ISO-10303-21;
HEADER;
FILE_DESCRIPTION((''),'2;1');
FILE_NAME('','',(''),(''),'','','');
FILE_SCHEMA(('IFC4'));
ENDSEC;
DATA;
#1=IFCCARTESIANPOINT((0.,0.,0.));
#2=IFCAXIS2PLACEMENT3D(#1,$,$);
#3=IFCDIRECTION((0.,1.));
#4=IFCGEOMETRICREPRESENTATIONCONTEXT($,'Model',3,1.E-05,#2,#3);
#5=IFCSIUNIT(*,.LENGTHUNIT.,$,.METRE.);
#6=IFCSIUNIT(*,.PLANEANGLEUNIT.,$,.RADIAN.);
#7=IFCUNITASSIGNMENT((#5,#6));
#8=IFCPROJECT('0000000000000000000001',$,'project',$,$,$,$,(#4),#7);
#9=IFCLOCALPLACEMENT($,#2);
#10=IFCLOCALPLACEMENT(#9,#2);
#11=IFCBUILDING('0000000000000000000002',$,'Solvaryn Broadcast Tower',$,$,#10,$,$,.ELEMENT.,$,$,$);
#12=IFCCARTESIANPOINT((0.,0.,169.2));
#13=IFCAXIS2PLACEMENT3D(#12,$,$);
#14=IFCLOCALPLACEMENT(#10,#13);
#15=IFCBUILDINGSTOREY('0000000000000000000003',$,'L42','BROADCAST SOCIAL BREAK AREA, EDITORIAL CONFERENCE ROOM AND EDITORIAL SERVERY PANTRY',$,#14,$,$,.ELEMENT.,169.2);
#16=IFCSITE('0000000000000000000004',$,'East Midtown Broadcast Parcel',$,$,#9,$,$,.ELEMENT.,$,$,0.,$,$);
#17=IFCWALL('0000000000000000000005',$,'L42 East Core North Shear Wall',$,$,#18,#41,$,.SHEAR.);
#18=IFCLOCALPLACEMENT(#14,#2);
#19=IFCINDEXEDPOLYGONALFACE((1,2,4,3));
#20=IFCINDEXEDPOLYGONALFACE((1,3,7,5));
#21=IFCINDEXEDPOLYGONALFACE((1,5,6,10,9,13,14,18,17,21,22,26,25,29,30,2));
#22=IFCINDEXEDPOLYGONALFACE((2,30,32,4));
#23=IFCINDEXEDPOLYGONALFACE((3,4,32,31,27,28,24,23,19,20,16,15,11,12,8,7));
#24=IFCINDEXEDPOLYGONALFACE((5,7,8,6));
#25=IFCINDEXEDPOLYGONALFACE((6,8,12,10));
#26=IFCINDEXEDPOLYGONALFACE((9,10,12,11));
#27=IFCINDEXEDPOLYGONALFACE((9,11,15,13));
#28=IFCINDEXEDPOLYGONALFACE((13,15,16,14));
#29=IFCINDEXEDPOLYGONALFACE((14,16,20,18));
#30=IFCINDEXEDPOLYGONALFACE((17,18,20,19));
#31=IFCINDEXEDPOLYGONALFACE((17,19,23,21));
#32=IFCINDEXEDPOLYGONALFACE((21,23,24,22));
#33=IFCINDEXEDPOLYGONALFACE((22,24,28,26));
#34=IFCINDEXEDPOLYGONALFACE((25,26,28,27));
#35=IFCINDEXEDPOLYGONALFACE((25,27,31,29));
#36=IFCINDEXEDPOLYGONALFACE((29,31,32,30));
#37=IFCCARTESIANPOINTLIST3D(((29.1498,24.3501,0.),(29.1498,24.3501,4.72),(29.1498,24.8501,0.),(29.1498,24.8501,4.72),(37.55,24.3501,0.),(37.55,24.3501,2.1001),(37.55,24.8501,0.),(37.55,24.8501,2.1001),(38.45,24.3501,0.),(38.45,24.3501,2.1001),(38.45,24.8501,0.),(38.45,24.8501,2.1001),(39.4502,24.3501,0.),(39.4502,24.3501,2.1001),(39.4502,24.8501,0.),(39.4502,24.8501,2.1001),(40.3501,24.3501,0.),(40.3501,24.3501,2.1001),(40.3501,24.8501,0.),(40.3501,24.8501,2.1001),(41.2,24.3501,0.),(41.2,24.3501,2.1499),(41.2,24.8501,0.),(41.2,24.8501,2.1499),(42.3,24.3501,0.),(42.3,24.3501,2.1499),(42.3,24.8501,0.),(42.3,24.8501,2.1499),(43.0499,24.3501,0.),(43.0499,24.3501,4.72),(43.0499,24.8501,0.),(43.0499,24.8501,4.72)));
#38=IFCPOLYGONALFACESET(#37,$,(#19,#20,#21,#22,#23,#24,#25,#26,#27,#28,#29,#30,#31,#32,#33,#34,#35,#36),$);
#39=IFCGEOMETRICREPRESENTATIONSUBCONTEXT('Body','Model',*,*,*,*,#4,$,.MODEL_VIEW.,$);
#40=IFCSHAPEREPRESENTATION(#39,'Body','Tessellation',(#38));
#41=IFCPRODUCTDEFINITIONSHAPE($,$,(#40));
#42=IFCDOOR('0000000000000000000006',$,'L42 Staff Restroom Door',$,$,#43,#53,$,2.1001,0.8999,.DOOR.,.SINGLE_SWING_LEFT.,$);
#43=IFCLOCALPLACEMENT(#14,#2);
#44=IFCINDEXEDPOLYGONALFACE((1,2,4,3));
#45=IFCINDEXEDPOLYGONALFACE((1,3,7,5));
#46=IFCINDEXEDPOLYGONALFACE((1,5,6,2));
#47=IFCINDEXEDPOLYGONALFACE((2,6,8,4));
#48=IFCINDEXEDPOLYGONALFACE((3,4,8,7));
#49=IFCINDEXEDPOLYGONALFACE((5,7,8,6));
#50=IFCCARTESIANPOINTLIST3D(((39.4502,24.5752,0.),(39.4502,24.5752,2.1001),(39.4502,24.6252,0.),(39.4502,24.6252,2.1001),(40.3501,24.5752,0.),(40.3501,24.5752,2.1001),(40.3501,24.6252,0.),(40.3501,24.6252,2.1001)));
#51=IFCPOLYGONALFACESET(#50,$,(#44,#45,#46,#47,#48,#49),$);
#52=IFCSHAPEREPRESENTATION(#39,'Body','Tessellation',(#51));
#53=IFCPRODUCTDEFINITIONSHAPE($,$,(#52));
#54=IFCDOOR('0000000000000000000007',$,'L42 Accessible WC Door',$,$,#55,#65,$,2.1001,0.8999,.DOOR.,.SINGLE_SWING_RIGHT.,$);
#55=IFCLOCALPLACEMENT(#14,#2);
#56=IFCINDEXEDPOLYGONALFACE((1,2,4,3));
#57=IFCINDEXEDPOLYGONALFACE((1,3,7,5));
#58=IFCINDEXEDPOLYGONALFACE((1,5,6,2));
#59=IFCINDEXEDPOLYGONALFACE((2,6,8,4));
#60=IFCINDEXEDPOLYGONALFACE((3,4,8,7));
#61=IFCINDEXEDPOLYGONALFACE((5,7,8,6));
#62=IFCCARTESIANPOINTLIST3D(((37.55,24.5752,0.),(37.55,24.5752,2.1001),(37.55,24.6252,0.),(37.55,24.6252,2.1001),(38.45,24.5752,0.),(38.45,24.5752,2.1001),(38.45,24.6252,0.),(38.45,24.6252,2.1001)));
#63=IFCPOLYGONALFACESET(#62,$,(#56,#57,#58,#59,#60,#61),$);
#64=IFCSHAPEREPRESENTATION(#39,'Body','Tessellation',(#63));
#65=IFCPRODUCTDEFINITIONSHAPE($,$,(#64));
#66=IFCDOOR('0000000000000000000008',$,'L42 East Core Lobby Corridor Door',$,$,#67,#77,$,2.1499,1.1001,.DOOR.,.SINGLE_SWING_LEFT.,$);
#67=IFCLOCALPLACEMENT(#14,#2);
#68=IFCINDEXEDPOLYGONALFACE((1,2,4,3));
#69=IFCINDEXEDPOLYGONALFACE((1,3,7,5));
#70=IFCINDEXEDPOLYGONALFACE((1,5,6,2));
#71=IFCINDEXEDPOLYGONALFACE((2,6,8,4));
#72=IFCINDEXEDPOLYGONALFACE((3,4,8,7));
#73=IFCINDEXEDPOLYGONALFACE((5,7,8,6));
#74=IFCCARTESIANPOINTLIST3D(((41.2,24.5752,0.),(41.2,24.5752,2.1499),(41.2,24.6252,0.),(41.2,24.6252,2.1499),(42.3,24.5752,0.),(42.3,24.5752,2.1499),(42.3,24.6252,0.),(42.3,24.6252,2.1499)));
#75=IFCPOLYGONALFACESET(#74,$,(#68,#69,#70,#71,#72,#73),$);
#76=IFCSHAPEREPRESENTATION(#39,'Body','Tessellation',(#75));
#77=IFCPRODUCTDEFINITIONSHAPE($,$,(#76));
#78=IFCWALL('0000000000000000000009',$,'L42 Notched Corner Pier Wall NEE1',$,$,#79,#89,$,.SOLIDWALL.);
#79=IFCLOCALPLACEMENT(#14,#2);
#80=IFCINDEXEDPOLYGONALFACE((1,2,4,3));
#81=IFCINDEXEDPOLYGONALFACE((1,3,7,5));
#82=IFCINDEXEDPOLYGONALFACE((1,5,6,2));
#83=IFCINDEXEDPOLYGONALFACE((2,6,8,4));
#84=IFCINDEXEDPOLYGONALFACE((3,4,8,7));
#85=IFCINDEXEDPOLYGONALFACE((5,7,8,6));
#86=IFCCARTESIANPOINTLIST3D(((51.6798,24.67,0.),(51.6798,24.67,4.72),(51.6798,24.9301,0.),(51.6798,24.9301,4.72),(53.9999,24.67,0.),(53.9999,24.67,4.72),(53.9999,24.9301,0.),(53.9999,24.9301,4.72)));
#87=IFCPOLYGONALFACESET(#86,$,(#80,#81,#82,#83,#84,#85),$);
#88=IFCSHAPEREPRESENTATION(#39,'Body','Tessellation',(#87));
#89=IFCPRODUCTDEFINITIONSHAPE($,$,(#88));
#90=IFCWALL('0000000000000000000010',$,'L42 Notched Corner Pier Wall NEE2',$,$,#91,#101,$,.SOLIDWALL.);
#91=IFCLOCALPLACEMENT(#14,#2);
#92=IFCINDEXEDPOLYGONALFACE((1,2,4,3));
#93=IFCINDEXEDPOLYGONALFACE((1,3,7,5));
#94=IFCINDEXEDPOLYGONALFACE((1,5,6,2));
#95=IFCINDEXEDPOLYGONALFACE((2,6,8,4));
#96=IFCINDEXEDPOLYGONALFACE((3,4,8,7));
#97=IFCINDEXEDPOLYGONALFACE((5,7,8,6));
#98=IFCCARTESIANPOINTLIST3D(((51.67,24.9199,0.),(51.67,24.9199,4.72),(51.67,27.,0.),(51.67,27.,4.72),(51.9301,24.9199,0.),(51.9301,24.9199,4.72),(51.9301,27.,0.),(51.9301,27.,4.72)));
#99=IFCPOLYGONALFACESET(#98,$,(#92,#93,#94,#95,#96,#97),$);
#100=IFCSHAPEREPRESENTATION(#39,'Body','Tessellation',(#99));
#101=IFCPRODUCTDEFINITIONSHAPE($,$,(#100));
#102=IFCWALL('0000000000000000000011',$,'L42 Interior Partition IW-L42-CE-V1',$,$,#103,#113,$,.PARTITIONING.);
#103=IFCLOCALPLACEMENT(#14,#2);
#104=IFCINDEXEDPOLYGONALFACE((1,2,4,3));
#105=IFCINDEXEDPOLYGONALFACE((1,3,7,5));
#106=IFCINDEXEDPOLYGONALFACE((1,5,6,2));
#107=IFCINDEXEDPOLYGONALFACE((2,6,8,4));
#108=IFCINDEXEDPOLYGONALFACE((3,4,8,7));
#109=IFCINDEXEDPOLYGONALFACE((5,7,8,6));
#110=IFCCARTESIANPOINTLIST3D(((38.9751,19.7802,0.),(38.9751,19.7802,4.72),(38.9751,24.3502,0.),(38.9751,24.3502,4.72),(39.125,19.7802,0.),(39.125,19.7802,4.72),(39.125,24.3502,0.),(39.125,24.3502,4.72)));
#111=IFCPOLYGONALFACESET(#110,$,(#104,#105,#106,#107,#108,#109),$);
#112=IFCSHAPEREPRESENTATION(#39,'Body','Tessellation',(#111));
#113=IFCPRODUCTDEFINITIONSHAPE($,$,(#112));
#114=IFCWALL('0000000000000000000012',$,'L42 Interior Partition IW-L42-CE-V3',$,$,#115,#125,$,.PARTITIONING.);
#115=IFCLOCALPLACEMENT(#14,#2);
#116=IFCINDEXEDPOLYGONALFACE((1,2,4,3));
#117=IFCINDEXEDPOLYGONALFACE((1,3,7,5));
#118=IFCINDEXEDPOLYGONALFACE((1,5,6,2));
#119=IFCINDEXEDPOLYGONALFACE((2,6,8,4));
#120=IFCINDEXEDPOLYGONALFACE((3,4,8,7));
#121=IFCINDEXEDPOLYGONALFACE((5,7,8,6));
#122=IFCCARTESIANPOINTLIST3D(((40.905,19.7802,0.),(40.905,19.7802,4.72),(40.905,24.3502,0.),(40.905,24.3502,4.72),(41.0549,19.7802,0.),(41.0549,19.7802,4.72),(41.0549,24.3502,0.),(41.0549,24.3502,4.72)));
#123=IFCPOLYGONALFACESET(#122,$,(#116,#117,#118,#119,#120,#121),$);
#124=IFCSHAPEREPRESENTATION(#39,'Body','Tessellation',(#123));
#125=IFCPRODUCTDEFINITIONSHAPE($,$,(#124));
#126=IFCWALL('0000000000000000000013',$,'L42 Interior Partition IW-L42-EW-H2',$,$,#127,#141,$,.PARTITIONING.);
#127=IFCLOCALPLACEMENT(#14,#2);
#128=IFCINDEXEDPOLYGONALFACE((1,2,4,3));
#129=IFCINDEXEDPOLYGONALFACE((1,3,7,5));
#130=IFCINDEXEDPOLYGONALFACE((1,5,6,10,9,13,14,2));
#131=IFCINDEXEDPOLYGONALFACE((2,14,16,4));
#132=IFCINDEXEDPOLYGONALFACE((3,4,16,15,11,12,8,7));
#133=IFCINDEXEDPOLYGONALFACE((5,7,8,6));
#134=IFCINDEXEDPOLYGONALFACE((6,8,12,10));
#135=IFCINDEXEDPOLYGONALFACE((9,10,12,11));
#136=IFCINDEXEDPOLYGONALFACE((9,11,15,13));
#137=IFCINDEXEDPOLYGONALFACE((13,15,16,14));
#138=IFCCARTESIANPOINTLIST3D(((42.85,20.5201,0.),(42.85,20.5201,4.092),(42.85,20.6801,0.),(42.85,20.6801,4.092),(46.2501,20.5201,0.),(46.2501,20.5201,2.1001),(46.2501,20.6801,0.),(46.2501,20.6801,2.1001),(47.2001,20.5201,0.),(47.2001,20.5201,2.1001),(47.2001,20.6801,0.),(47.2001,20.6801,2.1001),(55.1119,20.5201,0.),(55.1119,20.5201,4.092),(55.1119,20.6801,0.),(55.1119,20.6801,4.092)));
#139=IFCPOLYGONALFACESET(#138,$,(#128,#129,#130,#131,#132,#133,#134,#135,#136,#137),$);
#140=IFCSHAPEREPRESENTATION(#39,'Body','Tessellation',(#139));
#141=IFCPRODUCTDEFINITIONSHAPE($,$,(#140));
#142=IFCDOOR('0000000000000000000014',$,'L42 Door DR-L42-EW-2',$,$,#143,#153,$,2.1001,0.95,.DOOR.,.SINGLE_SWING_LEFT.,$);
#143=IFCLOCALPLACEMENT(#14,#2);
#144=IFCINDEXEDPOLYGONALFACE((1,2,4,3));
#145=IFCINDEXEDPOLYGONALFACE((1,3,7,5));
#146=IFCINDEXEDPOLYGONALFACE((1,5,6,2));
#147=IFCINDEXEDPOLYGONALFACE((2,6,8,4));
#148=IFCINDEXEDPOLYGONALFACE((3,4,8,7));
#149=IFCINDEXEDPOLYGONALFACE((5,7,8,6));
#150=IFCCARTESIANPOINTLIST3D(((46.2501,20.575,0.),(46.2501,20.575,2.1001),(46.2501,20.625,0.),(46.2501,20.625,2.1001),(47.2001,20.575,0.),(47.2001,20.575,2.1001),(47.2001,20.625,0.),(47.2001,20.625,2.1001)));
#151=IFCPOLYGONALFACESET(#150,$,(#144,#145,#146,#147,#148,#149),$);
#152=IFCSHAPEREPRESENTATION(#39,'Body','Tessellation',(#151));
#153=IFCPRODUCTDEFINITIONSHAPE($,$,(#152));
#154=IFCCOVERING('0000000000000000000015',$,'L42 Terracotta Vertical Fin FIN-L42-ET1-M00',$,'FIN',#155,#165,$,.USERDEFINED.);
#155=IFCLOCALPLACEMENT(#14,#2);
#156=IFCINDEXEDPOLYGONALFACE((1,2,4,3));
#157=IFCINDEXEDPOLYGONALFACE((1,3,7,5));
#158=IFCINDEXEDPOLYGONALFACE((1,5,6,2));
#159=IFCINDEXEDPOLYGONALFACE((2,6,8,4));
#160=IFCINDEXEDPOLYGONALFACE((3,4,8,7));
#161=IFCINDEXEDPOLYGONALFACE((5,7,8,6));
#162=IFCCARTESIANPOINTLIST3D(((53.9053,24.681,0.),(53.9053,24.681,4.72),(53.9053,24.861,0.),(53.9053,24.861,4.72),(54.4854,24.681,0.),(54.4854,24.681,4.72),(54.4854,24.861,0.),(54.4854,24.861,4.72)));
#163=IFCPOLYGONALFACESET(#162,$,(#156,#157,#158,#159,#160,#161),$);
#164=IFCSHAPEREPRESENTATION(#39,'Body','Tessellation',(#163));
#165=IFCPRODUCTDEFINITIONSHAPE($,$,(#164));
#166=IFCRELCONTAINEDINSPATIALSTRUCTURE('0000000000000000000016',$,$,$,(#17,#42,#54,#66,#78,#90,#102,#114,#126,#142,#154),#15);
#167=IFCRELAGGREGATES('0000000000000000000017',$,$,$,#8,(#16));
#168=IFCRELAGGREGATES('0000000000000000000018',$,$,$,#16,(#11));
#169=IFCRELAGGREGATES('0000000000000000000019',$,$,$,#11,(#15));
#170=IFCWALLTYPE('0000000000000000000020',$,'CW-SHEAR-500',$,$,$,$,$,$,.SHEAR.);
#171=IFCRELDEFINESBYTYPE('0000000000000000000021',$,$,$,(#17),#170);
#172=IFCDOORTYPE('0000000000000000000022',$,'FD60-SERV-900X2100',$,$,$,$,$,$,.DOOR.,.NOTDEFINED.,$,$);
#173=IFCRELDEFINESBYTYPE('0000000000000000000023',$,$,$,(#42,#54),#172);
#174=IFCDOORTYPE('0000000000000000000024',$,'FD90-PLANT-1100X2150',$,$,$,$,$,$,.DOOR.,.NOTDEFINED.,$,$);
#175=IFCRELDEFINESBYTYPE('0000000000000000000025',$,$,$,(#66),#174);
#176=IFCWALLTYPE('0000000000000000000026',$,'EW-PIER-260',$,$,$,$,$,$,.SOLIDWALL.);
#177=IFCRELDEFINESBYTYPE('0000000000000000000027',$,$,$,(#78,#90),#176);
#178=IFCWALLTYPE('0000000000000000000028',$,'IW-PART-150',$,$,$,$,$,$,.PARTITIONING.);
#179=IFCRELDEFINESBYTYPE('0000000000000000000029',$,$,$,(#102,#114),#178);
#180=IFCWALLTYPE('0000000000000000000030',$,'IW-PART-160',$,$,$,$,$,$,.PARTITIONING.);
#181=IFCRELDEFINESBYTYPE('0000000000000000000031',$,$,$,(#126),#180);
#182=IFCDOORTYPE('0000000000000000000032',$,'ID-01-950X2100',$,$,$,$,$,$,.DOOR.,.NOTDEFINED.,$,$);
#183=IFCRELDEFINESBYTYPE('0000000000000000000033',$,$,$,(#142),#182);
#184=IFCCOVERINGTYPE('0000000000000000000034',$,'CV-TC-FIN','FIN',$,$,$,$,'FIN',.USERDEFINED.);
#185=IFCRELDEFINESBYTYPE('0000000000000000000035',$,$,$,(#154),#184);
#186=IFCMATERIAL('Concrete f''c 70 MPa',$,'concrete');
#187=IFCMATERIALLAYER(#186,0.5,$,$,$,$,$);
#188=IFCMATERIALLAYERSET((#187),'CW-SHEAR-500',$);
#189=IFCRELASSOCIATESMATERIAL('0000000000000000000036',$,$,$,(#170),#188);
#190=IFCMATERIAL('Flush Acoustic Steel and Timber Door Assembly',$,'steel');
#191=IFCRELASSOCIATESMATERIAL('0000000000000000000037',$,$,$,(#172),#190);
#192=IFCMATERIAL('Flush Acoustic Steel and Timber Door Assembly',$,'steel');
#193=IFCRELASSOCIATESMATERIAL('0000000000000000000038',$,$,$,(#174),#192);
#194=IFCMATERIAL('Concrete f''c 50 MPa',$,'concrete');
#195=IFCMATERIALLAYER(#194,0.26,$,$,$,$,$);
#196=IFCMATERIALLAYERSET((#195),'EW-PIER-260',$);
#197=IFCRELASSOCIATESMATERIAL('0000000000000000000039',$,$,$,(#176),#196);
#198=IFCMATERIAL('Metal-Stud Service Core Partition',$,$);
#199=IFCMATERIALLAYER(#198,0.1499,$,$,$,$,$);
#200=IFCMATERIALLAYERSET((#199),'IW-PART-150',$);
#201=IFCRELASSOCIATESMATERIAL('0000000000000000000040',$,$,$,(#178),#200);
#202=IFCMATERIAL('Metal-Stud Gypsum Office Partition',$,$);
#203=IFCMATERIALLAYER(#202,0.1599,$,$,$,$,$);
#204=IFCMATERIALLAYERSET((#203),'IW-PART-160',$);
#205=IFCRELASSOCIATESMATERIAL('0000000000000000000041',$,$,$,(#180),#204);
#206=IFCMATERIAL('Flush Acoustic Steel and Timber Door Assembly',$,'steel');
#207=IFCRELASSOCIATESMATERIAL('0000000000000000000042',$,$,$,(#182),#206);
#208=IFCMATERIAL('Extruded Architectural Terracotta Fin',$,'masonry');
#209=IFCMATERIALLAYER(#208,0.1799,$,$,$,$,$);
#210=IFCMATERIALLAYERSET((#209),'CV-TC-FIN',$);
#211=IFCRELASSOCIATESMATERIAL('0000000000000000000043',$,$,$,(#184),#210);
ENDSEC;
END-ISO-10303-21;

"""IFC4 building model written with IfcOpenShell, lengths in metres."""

from ifc_helpers import new_model, si_unit, direction, frame, frame_2d, origin, origin_2d, place, context, subcontext, project, spatial, rectangle, extrude, material, layer, layer_set, type_object, element, fill, save


model = new_model("IFC4")

# Units and contexts
model_context = context("Model", 3, precision=1e-05, world=origin(), true_north=direction((0.0, 1.0)))
body_context = subcontext(model_context, "Body", "Model", "MODEL_VIEW")
ifc_project = project(units=[si_unit("LENGTHUNIT", "METRE"), si_unit("PLANEANGLEUNIT", "RADIAN")], contexts=[model_context])

# Site, building, storey
site_placement = place(None, origin())
site = spatial("IfcSite", under=ifc_project, at=site_placement, Name="East Midtown Broadcast Parcel", CompositionType="ELEMENT", RefElevation=0.0)
building_placement = place(site_placement, origin())
building = spatial("IfcBuilding", under=site, at=building_placement, Name="Solvaryn Broadcast Tower", CompositionType="ELEMENT")
storey_placement = place(building_placement, frame((0.0, 0.0, 169.2)))
storey = spatial("IfcBuildingStorey", under=building, at=storey_placement, Name="L42", Description="BROADCAST SOCIAL BREAK AREA, EDITORIAL CONFERENCE ROOM AND EDITORIAL SERVERY PANTRY", CompositionType="ELEMENT", Elevation=169.2)

# Wall, openings, doors
ifc_material_1 = material(Name="Concrete f'c 70 MPa", Category="concrete")
ifc_layer_1 = layer(ifc_material_1, 0.5)
ifc_layer_set_1 = layer_set([ifc_layer_1], Name="CW-SHEAR-500")
wall_type_1 = type_object("IfcWallType", Name="CW-SHEAR-500", PredefinedType="SHEAR", material=ifc_layer_set_1)
wall_1_placement = place(storey_placement, frame((43.05, 24.6001, 0.0), z_axis=(0.0, 0.0, 1.0), x_axis=(-1.0, 0.0, 0.0)))
wall_1 = element("IfcWall", 1, at=wall_1_placement, inside=storey, type_object=wall_type_1, Name="L42 East Core North Shear Wall", PredefinedType="SHEAR", context=body_context, shape_type="SweptSolid", body=[
    extrude(rectangle(XDim=13.9001, YDim=0.5, at=frame_2d((6.9502, 0.0))), origin(), (0.0, 0.0, 1.0), 4.72),
])
opening_1_placement = place(wall_1_placement, frame((0.75, 0.0, 0.0)))
opening_1 = element("IfcOpeningElement", 2, at=opening_1_placement, cuts=wall_1, PredefinedType="OPENING", context=body_context, shape_type="SweptSolid", body=[
    extrude(rectangle(XDim=1.1001, YDim=2.1499, at=frame_2d((0.55, 1.075))), frame((0.0, 0.26, 0.0), z_axis=(0.0, -1.0, 0.0), x_axis=(1.0, 0.0, 0.0)), (0.0, 0.0, 1.0), 0.52),
])
opening_2_placement = place(wall_1_placement, frame((2.7, 0.0, 0.0)))
opening_2 = element("IfcOpeningElement", 3, at=opening_2_placement, cuts=wall_1, PredefinedType="OPENING", context=body_context, shape_type="SweptSolid", body=[
    extrude(rectangle(XDim=0.8999, YDim=2.1001, at=frame_2d((0.45, 1.05))), frame((0.0, 0.26, 0.0), z_axis=(0.0, -1.0, 0.0), x_axis=(1.0, 0.0, 0.0)), (0.0, 0.0, 1.0), 0.52),
])
opening_3_placement = place(wall_1_placement, frame((4.6001, 0.0, 0.0)))
opening_3 = element("IfcOpeningElement", 4, at=opening_3_placement, cuts=wall_1, PredefinedType="OPENING", context=body_context, shape_type="SweptSolid", body=[
    extrude(rectangle(XDim=0.8999, YDim=2.1001, at=frame_2d((0.45, 1.05))), frame((0.0, 0.26, 0.0), z_axis=(0.0, -1.0, 0.0), x_axis=(1.0, 0.0, 0.0)), (0.0, 0.0, 1.0), 0.52),
])
ifc_material_2 = material(Name="Flush Acoustic Steel and Timber Door Assembly", Category="steel")
door_type_1 = type_object("IfcDoorType", Name="FD60-SERV-900X2100", OperationType="NOTDEFINED", PredefinedType="DOOR", material=ifc_material_2)
door_1_placement = place(opening_2_placement, origin())
door_1 = element("IfcDoor", 5, at=door_1_placement, inside=storey, type_object=door_type_1, Name="L42 Staff Restroom Door", OperationType="SINGLE_SWING_LEFT", OverallHeight=2.1001, OverallWidth=0.8999, PredefinedType="DOOR", context=body_context, shape_type="SweptSolid", body=[
    extrude(rectangle(XDim=0.8999, YDim=2.1001, at=frame_2d((0.45, 1.05))), frame((0.0, 0.0249, 0.0), z_axis=(0.0, -1.0, 0.0), x_axis=(1.0, 0.0, 0.0)), (0.0, 0.0, 1.0), 0.05),
])
fill(opening_2, door_1)
door_2_placement = place(opening_3_placement, origin())
door_2 = element("IfcDoor", 6, at=door_2_placement, inside=storey, type_object=door_type_1, Name="L42 Accessible WC Door", OperationType="SINGLE_SWING_RIGHT", OverallHeight=2.1001, OverallWidth=0.8999, PredefinedType="DOOR", context=body_context, shape_type="SweptSolid", body=[
    extrude(rectangle(XDim=0.8999, YDim=2.1001, at=frame_2d((0.45, 1.05))), frame((0.0, 0.0249, 0.0), z_axis=(0.0, -1.0, 0.0), x_axis=(1.0, 0.0, 0.0)), (0.0, 0.0, 1.0), 0.05),
])
fill(opening_3, door_2)
ifc_material_3 = material(Name="Flush Acoustic Steel and Timber Door Assembly", Category="steel")
door_type_2 = type_object("IfcDoorType", Name="FD90-PLANT-1100X2150", OperationType="NOTDEFINED", PredefinedType="DOOR", material=ifc_material_3)
door_3_placement = place(opening_1_placement, origin())
door_3 = element("IfcDoor", 7, at=door_3_placement, inside=storey, type_object=door_type_2, Name="L42 East Core Lobby Corridor Door", OperationType="SINGLE_SWING_LEFT", OverallHeight=2.1499, OverallWidth=1.1001, PredefinedType="DOOR", context=body_context, shape_type="SweptSolid", body=[
    extrude(rectangle(XDim=1.1001, YDim=2.1499, at=frame_2d((0.55, 1.075))), frame((0.0, 0.0249, 0.0), z_axis=(0.0, -1.0, 0.0), x_axis=(1.0, 0.0, 0.0)), (0.0, 0.0, 1.0), 0.05),
])
fill(opening_1, door_3)

# Walls
ifc_material_4 = material(Name="Concrete f'c 50 MPa", Category="concrete")
ifc_layer_2 = layer(ifc_material_4, 0.26)
ifc_layer_set_2 = layer_set([ifc_layer_2], Name="EW-PIER-260")
wall_type_2 = type_object("IfcWallType", Name="EW-PIER-260", PredefinedType="SOLIDWALL", material=ifc_layer_set_2)
wall_2_placement = place(storey_placement, frame((54.0, 24.8, 0.0), z_axis=(0.0, 0.0, 1.0), x_axis=(-1.0, 0.0, 0.0)))
element("IfcWall", 8, at=wall_2_placement, inside=storey, type_object=wall_type_2, Name="L42 Notched Corner Pier Wall NEE1", PredefinedType="SOLIDWALL", context=body_context, shape_type="SweptSolid", body=[
    extrude(rectangle(XDim=2.3201, YDim=0.26, at=frame_2d((1.1602, 0.0))), origin(), (0.0, 0.0, 1.0), 4.72),
])
wall_3_placement = place(storey_placement, frame((51.8, 24.9199, 0.0), z_axis=(0.0, 0.0, 1.0), x_axis=(0.0, 1.0, 0.0)))
element("IfcWall", 9, at=wall_3_placement, inside=storey, type_object=wall_type_2, Name="L42 Notched Corner Pier Wall NEE2", PredefinedType="SOLIDWALL", context=body_context, shape_type="SweptSolid", body=[
    extrude(rectangle(XDim=2.0801, YDim=0.26, at=frame_2d((1.04, 0.0))), origin(), (0.0, 0.0, 1.0), 4.72),
])
ifc_material_5 = material(Name="Metal-Stud Service Core Partition")
ifc_layer_3 = layer(ifc_material_5, 0.1499)
ifc_layer_set_3 = layer_set([ifc_layer_3], Name="IW-PART-150")
wall_type_3 = type_object("IfcWallType", Name="IW-PART-150", PredefinedType="PARTITIONING", material=ifc_layer_set_3)
for number, where, z_axis, x_axis, name in (
    (10, (39.05, 19.78, 0.0), (0.0, 0.0, 1.0), (0.0, 1.0, 0.0), "L42 Interior Partition IW-L42-CE-V1"),
    (11, (40.98, 19.78, 0.0), (0.0, 0.0, 1.0), (0.0, 1.0, 0.0), "L42 Interior Partition IW-L42-CE-V3"),
):
    element("IfcWall", number, at=place(storey_placement, frame(where, z_axis=z_axis, x_axis=x_axis)), inside=storey, type_object=wall_type_3, Name=name, PredefinedType="PARTITIONING", context=body_context, shape_type="SweptSolid", body=[
        extrude(rectangle(XDim=4.5701, YDim=0.1499, at=frame_2d((2.2852, 0.0))), origin(), (0.0, 0.0, 1.0), 4.72),
    ])

# Wall, opening, door
ifc_material_6 = material(Name="Metal-Stud Gypsum Office Partition")
ifc_layer_4 = layer(ifc_material_6, 0.1599)
ifc_layer_set_4 = layer_set([ifc_layer_4], Name="IW-PART-160")
wall_type_4 = type_object("IfcWallType", Name="IW-PART-160", PredefinedType="PARTITIONING", material=ifc_layer_set_4)
wall_4_placement = place(storey_placement, frame((42.8501, 20.6001, 0.0), z_axis=(0.0, 0.0, 1.0), x_axis=(1.0, 0.0, 0.0)))
wall_4 = element("IfcWall", 12, at=wall_4_placement, inside=storey, type_object=wall_type_4, Name="L42 Interior Partition IW-L42-EW-H2", PredefinedType="PARTITIONING", context=body_context, shape_type="SweptSolid", body=[
    extrude(rectangle(XDim=12.262, YDim=0.1599, at=frame_2d((6.1309, 0.0))), origin(), (0.0, 0.0, 1.0), 4.092),
])
opening_4_placement = place(wall_4_placement, frame((3.3999, 0.0, 0.0)))
opening_4 = element("IfcOpeningElement", 13, at=opening_4_placement, cuts=wall_4, PredefinedType="OPENING", context=body_context, shape_type="SweptSolid", body=[
    extrude(rectangle(XDim=0.95, YDim=2.1001, at=frame_2d((0.4751, 1.05))), frame((0.0, 0.0901, 0.0), z_axis=(0.0, -1.0, 0.0), x_axis=(1.0, 0.0, 0.0)), (0.0, 0.0, 1.0), 0.1799),
])
ifc_material_7 = material(Name="Flush Acoustic Steel and Timber Door Assembly", Category="steel")
door_type_3 = type_object("IfcDoorType", Name="ID-01-950X2100", OperationType="NOTDEFINED", PredefinedType="DOOR", material=ifc_material_7)
door_4_placement = place(opening_4_placement, origin())
door_4 = element("IfcDoor", 14, at=door_4_placement, inside=storey, type_object=door_type_3, Name="L42 Door DR-L42-EW-2", OperationType="SINGLE_SWING_LEFT", OverallHeight=2.1001, OverallWidth=0.95, PredefinedType="DOOR", context=body_context, shape_type="SweptSolid", body=[
    extrude(rectangle(XDim=0.95, YDim=2.1001, at=frame_2d((0.4751, 1.05))), frame((0.0, 0.0249, 0.0), z_axis=(0.0, -1.0, 0.0), x_axis=(1.0, 0.0, 0.0)), (0.0, 0.0, 1.0), 0.05),
])
fill(opening_4, door_4)

# Covering
ifc_material_8 = material(Name="Extruded Architectural Terracotta Fin", Category="masonry")
ifc_layer_5 = layer(ifc_material_8, 0.1799)
ifc_layer_set_5 = layer_set([ifc_layer_5], Name="CV-TC-FIN")
covering_type = type_object("IfcCoveringType", Name="CV-TC-FIN", Description="FIN", ElementType="FIN", PredefinedType="USERDEFINED", material=ifc_layer_set_5)
covering_1_placement = place(storey_placement, frame((54.1953, 24.771, 0.0), z_axis=(0.0, 0.0, 1.0), x_axis=(1.0, 0.0, 0.0)))
element("IfcCovering", 15, at=covering_1_placement, inside=storey, type_object=covering_type, Name="L42 Terracotta Vertical Fin FIN-L42-ET1-M00", ObjectType="FIN", PredefinedType="USERDEFINED", context=body_context, shape_type="SweptSolid", body=[
    extrude(rectangle(XDim=0.5801, YDim=0.1799, at=origin_2d()), origin(), (0.0, 0.0, 1.0), 4.72),
])

save(model, "model.ifc")
